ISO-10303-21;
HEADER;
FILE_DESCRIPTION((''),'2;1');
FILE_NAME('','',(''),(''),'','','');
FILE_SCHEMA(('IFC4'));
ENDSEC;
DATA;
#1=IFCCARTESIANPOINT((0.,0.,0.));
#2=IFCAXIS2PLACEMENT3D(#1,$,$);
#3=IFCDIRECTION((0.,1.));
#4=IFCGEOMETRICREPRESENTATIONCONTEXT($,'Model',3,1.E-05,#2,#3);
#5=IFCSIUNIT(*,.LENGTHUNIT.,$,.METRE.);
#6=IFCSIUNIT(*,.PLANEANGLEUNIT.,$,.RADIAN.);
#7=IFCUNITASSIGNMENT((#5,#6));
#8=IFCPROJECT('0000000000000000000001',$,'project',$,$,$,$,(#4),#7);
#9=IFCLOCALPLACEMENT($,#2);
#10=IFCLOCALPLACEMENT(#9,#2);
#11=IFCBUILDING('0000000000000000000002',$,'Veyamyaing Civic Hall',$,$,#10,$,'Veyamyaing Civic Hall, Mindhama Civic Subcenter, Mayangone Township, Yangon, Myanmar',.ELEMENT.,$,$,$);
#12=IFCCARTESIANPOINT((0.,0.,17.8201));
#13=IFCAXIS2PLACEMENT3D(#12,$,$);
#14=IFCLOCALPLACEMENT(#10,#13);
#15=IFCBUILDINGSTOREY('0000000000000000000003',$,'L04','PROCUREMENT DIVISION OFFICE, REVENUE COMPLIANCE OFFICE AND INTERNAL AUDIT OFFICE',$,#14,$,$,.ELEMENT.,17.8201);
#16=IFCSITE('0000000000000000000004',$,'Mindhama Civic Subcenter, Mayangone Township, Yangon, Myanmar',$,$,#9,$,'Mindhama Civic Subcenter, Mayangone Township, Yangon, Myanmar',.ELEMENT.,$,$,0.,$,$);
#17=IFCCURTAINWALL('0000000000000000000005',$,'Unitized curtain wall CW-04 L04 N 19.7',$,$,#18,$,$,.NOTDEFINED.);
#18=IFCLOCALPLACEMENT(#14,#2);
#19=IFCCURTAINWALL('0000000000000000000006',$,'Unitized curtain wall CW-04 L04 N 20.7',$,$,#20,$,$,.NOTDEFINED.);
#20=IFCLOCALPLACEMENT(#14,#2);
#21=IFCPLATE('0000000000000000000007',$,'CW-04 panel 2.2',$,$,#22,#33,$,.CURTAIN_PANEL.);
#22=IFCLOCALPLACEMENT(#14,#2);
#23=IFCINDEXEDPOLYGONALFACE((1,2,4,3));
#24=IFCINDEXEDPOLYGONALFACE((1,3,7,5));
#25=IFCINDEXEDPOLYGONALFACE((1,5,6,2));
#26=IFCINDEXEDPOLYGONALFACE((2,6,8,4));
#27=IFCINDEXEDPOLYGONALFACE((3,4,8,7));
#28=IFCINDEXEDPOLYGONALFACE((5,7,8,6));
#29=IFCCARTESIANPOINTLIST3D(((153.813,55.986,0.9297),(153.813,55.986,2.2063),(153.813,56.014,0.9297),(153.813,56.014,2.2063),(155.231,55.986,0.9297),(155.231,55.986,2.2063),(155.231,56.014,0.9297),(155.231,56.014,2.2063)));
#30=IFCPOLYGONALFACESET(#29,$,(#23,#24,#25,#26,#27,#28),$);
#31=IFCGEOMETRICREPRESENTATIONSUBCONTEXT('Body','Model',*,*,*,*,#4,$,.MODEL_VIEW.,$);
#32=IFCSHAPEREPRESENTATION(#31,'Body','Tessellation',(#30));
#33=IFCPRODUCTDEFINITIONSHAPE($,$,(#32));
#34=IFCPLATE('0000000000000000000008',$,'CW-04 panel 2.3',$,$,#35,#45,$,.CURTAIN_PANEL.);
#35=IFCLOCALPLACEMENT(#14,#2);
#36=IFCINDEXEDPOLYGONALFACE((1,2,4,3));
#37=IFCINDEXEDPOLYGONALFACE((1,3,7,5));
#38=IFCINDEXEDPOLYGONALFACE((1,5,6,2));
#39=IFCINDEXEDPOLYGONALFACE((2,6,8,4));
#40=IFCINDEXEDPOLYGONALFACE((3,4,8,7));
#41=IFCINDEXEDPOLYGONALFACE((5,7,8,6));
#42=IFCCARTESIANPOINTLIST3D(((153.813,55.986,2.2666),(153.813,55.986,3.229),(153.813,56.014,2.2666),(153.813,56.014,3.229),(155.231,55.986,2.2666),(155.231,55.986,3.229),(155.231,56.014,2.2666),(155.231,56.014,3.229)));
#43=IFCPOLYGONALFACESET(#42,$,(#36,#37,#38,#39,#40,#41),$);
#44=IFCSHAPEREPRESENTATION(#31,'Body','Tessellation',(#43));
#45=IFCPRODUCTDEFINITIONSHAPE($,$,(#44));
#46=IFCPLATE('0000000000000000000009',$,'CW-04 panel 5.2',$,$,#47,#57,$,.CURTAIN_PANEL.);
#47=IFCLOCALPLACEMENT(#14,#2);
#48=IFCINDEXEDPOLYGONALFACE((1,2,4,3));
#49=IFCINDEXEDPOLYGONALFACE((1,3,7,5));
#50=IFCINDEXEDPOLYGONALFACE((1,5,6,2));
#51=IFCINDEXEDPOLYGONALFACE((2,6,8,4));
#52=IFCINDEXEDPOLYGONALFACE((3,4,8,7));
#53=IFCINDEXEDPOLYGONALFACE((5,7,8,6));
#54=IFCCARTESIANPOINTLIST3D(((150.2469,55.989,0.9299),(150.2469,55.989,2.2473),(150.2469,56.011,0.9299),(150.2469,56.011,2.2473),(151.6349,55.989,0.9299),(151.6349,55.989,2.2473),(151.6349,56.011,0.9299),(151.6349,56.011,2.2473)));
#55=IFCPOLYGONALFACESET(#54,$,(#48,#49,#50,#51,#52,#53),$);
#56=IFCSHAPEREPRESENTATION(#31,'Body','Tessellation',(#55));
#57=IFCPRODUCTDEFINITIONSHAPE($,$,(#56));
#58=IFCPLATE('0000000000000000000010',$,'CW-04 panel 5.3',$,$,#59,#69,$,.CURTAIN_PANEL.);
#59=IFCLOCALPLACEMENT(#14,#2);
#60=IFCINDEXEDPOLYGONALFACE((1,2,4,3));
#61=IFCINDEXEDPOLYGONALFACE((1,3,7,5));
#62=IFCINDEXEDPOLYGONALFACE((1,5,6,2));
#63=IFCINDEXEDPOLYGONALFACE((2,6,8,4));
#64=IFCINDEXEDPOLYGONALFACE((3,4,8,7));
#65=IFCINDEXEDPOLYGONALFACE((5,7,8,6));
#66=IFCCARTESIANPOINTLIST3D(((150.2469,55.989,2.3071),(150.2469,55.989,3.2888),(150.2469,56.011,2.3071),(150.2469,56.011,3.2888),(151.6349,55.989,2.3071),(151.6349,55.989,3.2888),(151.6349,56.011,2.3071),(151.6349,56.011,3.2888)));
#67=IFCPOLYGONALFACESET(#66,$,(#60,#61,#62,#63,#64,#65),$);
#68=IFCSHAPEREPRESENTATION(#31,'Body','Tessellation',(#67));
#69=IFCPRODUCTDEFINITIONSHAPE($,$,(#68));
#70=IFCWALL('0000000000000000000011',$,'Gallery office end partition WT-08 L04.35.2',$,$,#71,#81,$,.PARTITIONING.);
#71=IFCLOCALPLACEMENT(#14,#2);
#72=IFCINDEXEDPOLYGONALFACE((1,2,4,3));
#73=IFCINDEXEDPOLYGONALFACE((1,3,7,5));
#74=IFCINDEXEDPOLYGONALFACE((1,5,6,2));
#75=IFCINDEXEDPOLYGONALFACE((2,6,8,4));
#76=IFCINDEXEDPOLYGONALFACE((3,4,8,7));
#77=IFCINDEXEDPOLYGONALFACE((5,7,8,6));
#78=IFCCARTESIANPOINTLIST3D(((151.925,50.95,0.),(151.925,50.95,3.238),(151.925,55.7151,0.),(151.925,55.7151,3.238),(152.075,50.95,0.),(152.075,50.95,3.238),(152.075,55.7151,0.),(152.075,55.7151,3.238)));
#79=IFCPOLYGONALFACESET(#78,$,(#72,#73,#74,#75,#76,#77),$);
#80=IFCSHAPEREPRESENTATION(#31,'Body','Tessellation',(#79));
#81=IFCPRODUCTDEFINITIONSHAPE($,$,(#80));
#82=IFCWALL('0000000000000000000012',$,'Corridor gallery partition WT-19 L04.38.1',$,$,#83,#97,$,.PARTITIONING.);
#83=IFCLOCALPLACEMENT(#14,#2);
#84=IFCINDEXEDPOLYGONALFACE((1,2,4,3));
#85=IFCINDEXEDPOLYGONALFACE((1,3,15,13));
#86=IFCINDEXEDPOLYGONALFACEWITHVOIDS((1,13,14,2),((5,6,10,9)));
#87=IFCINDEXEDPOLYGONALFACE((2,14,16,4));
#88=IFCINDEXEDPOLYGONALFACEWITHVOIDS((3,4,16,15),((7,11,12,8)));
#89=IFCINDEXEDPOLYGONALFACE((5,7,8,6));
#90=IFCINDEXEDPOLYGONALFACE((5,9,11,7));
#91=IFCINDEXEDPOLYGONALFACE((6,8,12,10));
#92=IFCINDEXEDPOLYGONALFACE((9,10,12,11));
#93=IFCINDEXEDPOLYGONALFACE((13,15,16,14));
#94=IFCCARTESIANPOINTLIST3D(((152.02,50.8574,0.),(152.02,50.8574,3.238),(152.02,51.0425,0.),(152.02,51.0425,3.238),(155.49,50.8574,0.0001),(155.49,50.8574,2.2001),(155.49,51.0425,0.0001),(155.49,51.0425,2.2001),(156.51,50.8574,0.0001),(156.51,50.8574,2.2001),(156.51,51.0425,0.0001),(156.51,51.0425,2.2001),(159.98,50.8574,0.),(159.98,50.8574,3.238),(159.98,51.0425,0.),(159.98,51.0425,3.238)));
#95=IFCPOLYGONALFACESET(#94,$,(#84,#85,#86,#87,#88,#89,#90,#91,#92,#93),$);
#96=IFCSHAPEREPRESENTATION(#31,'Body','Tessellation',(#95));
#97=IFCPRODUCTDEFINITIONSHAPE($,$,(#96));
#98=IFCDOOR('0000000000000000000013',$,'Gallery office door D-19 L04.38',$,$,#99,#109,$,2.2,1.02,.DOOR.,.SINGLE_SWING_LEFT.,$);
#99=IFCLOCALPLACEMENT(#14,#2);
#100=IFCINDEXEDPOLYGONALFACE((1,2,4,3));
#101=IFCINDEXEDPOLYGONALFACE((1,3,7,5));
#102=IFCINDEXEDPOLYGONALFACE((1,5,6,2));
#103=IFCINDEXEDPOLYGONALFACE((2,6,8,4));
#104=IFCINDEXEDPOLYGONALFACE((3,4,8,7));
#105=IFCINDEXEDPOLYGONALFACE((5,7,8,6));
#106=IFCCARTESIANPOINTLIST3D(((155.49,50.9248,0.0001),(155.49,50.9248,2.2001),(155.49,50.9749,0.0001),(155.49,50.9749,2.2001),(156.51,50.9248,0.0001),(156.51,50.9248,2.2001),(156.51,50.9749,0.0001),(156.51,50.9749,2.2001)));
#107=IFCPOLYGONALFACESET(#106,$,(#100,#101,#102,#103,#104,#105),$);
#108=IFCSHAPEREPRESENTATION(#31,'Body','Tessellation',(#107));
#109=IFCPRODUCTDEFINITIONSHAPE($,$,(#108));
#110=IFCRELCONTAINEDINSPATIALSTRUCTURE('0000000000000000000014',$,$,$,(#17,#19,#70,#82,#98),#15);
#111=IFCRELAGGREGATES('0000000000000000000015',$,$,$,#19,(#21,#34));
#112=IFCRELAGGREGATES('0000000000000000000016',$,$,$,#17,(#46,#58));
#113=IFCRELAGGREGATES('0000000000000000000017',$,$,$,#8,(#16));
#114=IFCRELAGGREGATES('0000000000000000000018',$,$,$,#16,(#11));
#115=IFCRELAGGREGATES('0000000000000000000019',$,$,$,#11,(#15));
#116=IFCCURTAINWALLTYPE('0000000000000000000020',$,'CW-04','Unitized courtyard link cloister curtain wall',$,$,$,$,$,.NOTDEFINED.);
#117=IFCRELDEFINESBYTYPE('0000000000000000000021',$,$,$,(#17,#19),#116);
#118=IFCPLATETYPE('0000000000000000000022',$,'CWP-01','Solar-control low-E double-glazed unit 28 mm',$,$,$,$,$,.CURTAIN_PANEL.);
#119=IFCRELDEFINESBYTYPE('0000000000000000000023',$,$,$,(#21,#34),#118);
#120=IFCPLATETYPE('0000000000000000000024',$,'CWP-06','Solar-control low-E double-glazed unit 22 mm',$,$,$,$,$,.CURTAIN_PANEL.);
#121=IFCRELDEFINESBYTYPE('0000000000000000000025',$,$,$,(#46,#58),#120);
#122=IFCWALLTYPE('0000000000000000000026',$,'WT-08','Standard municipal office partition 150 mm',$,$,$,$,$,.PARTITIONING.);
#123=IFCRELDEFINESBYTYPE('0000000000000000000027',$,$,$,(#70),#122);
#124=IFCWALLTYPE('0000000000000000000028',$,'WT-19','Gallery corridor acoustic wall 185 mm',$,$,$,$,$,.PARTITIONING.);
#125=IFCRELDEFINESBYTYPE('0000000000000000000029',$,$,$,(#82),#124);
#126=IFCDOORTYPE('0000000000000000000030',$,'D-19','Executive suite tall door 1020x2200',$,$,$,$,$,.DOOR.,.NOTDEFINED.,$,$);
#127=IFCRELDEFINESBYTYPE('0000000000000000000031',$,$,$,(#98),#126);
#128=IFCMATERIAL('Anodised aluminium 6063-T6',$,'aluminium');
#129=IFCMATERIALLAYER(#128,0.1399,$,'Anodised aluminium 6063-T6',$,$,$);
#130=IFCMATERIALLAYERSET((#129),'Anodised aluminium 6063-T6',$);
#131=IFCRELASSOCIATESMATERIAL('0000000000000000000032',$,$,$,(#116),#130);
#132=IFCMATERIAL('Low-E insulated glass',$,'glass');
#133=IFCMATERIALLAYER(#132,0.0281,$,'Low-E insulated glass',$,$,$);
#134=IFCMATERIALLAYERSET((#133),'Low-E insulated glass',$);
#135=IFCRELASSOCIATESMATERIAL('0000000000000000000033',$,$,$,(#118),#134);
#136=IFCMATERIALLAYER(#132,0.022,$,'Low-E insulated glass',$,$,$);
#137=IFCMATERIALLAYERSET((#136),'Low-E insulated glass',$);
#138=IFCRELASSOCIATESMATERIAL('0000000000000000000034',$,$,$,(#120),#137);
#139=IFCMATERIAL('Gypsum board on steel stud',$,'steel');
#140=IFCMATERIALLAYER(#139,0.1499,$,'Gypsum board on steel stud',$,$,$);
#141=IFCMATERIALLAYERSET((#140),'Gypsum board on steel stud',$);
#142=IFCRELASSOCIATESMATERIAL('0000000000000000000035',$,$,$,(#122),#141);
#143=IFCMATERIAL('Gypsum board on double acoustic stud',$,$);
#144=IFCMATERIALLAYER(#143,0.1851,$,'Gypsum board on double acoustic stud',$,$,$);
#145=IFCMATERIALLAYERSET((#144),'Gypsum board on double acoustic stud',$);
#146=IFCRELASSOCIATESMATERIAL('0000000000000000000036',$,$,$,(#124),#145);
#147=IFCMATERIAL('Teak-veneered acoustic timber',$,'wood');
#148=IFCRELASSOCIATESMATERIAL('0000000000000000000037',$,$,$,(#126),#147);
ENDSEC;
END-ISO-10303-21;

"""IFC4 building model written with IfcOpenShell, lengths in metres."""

from ifc_helpers import new_model, si_unit, direction, frame, frame_2d, origin, origin_2d, place, context, subcontext, project, spatial, rectangle, extrude, material, layer, layer_set, type_object, element, fill, aggregate, save


model = new_model("IFC4")

# Units and contexts
model_context = context("Model", 3, precision=1e-05, world=origin(), true_north=direction((0.0, 1.0)))
body_context = subcontext(model_context, "Body", "Model", "MODEL_VIEW")
ifc_project = project(units=[si_unit("LENGTHUNIT", "METRE"), si_unit("PLANEANGLEUNIT", "RADIAN")], contexts=[model_context])

# Site, building, storey
site_placement = place(None, origin())
site = spatial("IfcSite", under=ifc_project, at=site_placement, Name="Mindhama Civic Subcenter, Mayangone Township, Yangon, Myanmar", LongName="Mindhama Civic Subcenter, Mayangone Township, Yangon, Myanmar", CompositionType="ELEMENT", RefElevation=0.0)
building_placement = place(site_placement, origin())
building = spatial("IfcBuilding", under=site, at=building_placement, Name="Veyamyaing Civic Hall", LongName="Veyamyaing Civic Hall, Mindhama Civic Subcenter, Mayangone Township, Yangon, Myanmar", CompositionType="ELEMENT")
storey_placement = place(building_placement, frame((0.0, 0.0, 17.8201)))
storey = spatial("IfcBuildingStorey", under=building, at=storey_placement, Name="L04", Description="PROCUREMENT DIVISION OFFICE, REVENUE COMPLIANCE OFFICE AND INTERNAL AUDIT OFFICE", CompositionType="ELEMENT", Elevation=17.8201)

# Curtain wall
ifc_material_1 = material(Name="Anodised aluminium 6063-T6", Category="aluminium")
ifc_layer_1 = layer(ifc_material_1, 0.1399, Name="Anodised aluminium 6063-T6")
ifc_layer_set_1 = layer_set([ifc_layer_1], Name="Anodised aluminium 6063-T6")
curtain_wall_type = type_object("IfcCurtainWallType", Name="CW-04", Description="Unitized courtyard link cloister curtain wall", PredefinedType="NOTDEFINED", material=ifc_layer_set_1)
curtain_wall_1_placement = place(storey_placement, origin())
curtain_wall_1 = element("IfcCurtainWall", 1, at=curtain_wall_1_placement, inside=storey, type_object=curtain_wall_type, Name="Unitized curtain wall CW-04 L04 N 19.7", PredefinedType="NOTDEFINED")

# Curtain wall
curtain_wall_2_placement = place(storey_placement, origin())
curtain_wall_2 = element("IfcCurtainWall", 2, at=curtain_wall_2_placement, inside=storey, type_object=curtain_wall_type, Name="Unitized curtain wall CW-04 L04 N 20.7", PredefinedType="NOTDEFINED")

# Plates
ifc_material_2 = material(Name="Low-E insulated glass", Category="glass")
ifc_layer_2 = layer(ifc_material_2, 0.0281, Name="Low-E insulated glass")
ifc_layer_set_2 = layer_set([ifc_layer_2], Name="Low-E insulated glass")
plate_type_1 = type_object("IfcPlateType", Name="CWP-01", Description="Solar-control low-E double-glazed unit 28 mm", PredefinedType="CURTAIN_PANEL", material=ifc_layer_set_2)
plate_1_placement = place(storey_placement, frame((154.522, 56.0, 0.9297), z_axis=(0.0, 0.0, 1.0), x_axis=(1.0, 0.0, 0.0)))
plate_1 = element("IfcPlate", 3, at=plate_1_placement, type_object=plate_type_1, Name="CW-04 panel 2.2", PredefinedType="CURTAIN_PANEL", context=body_context, shape_type="SweptSolid", body=[
    extrude(rectangle(XDim=1.418, YDim=0.0281, at=origin_2d()), origin(), (0.0, 0.0, 1.0), 1.2766),
])
plate_2_placement = place(storey_placement, frame((154.522, 56.0, 2.2666), z_axis=(0.0, 0.0, 1.0), x_axis=(1.0, 0.0, 0.0)))
plate_2 = element("IfcPlate", 4, at=plate_2_placement, type_object=plate_type_1, Name="CW-04 panel 2.3", PredefinedType="CURTAIN_PANEL", context=body_context, shape_type="SweptSolid", body=[
    extrude(rectangle(XDim=1.418, YDim=0.0281, at=origin_2d()), origin(), (0.0, 0.0, 1.0), 0.9624),
])
aggregate(curtain_wall_2, [plate_1, plate_2])
ifc_layer_3 = layer(ifc_material_2, 0.022, Name="Low-E insulated glass")
ifc_layer_set_3 = layer_set([ifc_layer_3], Name="Low-E insulated glass")
plate_type_2 = type_object("IfcPlateType", Name="CWP-06", Description="Solar-control low-E double-glazed unit 22 mm", PredefinedType="CURTAIN_PANEL", material=ifc_layer_set_3)
plate_3_placement = place(storey_placement, frame((150.9409, 56.0, 0.9299), z_axis=(0.0, 0.0, 1.0), x_axis=(1.0, 0.0, 0.0)))
plate_3 = element("IfcPlate", 5, at=plate_3_placement, type_object=plate_type_2, Name="CW-04 panel 5.2", PredefinedType="CURTAIN_PANEL", context=body_context, shape_type="SweptSolid", body=[
    extrude(rectangle(XDim=1.3879, YDim=0.022, at=origin_2d()), origin(), (0.0, 0.0, 1.0), 1.3174),
])
plate_4_placement = place(storey_placement, frame((150.9409, 56.0, 2.3071), z_axis=(0.0, 0.0, 1.0), x_axis=(1.0, 0.0, 0.0)))
plate_4 = element("IfcPlate", 6, at=plate_4_placement, type_object=plate_type_2, Name="CW-04 panel 5.3", PredefinedType="CURTAIN_PANEL", context=body_context, shape_type="SweptSolid", body=[
    extrude(rectangle(XDim=1.3879, YDim=0.022, at=origin_2d()), origin(), (0.0, 0.0, 1.0), 0.9817),
])
aggregate(curtain_wall_1, [plate_3, plate_4])

# Wall
ifc_material_3 = material(Name="Gypsum board on steel stud", Category="steel")
ifc_layer_4 = layer(ifc_material_3, 0.1499, Name="Gypsum board on steel stud")
ifc_layer_set_4 = layer_set([ifc_layer_4], Name="Gypsum board on steel stud")
wall_type_1 = type_object("IfcWallType", Name="WT-08", Description="Standard municipal office partition 150 mm", PredefinedType="PARTITIONING", material=ifc_layer_set_4)
wall_1_placement = place(storey_placement, frame((152.0, 50.95, 0.0), z_axis=(0.0, 0.0, 1.0), x_axis=(0.0, 1.0, 0.0)))
element("IfcWall", 7, at=wall_1_placement, inside=storey, type_object=wall_type_1, Name="Gallery office end partition WT-08 L04.35.2", PredefinedType="PARTITIONING", context=body_context, shape_type="SweptSolid", body=[
    extrude(rectangle(XDim=4.7651, YDim=0.1499, at=frame_2d((2.3826, 0.0))), origin(), (0.0, 0.0, 1.0), 3.238),
])

# Wall, opening, door
ifc_material_4 = material(Name="Gypsum board on double acoustic stud")
ifc_layer_5 = layer(ifc_material_4, 0.1851, Name="Gypsum board on double acoustic stud")
ifc_layer_set_5 = layer_set([ifc_layer_5], Name="Gypsum board on double acoustic stud")
wall_type_2 = type_object("IfcWallType", Name="WT-19", Description="Gallery corridor acoustic wall 185 mm", PredefinedType="PARTITIONING", material=ifc_layer_set_5)
wall_2_placement = place(storey_placement, frame((152.02, 50.95, 0.0), z_axis=(0.0, 0.0, 1.0), x_axis=(1.0, 0.0, 0.0)))
wall_2 = element("IfcWall", 8, at=wall_2_placement, inside=storey, type_object=wall_type_2, Name="Corridor gallery partition WT-19 L04.38.1", PredefinedType="PARTITIONING", context=body_context, shape_type="SweptSolid", body=[
    extrude(rectangle(XDim=7.96, YDim=0.1851, at=frame_2d((3.98, 0.0))), origin(), (0.0, 0.0, 1.0), 3.238),
])
opening_placement = place(wall_2_placement, frame((3.47, 0.0, 0.0)))
opening = element("IfcOpeningElement", 9, at=opening_placement, cuts=wall_2, PredefinedType="OPENING", context=body_context, shape_type="SweptSolid", body=[
    extrude(rectangle(XDim=1.02, YDim=2.2, at=frame_2d((0.51, 1.1001))), frame((0.0, 0.1025, 0.0), z_axis=(0.0, -1.0, 0.0), x_axis=(1.0, 0.0, 0.0)), (0.0, 0.0, 1.0), 0.2051),
])
ifc_material_5 = material(Name="Teak-veneered acoustic timber", Category="wood")
door_type = type_object("IfcDoorType", Name="D-19", Description="Executive suite tall door 1020x2200", OperationType="NOTDEFINED", PredefinedType="DOOR", material=ifc_material_5)
door_placement = place(opening_placement, origin())
door = element("IfcDoor", 10, at=door_placement, inside=storey, type_object=door_type, Name="Gallery office door D-19 L04.38", OperationType="SINGLE_SWING_LEFT", OverallHeight=2.2, OverallWidth=1.02, PredefinedType="DOOR", context=body_context, shape_type="SweptSolid", body=[
    extrude(rectangle(XDim=1.02, YDim=2.2, at=frame_2d((0.51, 1.1001))), frame((0.0, 0.0249, 0.0), z_axis=(0.0, -1.0, 0.0), x_axis=(1.0, 0.0, 0.0)), (0.0, 0.0, 1.0), 0.05),
])
fill(opening, door)

save(model, "model.ifc")
